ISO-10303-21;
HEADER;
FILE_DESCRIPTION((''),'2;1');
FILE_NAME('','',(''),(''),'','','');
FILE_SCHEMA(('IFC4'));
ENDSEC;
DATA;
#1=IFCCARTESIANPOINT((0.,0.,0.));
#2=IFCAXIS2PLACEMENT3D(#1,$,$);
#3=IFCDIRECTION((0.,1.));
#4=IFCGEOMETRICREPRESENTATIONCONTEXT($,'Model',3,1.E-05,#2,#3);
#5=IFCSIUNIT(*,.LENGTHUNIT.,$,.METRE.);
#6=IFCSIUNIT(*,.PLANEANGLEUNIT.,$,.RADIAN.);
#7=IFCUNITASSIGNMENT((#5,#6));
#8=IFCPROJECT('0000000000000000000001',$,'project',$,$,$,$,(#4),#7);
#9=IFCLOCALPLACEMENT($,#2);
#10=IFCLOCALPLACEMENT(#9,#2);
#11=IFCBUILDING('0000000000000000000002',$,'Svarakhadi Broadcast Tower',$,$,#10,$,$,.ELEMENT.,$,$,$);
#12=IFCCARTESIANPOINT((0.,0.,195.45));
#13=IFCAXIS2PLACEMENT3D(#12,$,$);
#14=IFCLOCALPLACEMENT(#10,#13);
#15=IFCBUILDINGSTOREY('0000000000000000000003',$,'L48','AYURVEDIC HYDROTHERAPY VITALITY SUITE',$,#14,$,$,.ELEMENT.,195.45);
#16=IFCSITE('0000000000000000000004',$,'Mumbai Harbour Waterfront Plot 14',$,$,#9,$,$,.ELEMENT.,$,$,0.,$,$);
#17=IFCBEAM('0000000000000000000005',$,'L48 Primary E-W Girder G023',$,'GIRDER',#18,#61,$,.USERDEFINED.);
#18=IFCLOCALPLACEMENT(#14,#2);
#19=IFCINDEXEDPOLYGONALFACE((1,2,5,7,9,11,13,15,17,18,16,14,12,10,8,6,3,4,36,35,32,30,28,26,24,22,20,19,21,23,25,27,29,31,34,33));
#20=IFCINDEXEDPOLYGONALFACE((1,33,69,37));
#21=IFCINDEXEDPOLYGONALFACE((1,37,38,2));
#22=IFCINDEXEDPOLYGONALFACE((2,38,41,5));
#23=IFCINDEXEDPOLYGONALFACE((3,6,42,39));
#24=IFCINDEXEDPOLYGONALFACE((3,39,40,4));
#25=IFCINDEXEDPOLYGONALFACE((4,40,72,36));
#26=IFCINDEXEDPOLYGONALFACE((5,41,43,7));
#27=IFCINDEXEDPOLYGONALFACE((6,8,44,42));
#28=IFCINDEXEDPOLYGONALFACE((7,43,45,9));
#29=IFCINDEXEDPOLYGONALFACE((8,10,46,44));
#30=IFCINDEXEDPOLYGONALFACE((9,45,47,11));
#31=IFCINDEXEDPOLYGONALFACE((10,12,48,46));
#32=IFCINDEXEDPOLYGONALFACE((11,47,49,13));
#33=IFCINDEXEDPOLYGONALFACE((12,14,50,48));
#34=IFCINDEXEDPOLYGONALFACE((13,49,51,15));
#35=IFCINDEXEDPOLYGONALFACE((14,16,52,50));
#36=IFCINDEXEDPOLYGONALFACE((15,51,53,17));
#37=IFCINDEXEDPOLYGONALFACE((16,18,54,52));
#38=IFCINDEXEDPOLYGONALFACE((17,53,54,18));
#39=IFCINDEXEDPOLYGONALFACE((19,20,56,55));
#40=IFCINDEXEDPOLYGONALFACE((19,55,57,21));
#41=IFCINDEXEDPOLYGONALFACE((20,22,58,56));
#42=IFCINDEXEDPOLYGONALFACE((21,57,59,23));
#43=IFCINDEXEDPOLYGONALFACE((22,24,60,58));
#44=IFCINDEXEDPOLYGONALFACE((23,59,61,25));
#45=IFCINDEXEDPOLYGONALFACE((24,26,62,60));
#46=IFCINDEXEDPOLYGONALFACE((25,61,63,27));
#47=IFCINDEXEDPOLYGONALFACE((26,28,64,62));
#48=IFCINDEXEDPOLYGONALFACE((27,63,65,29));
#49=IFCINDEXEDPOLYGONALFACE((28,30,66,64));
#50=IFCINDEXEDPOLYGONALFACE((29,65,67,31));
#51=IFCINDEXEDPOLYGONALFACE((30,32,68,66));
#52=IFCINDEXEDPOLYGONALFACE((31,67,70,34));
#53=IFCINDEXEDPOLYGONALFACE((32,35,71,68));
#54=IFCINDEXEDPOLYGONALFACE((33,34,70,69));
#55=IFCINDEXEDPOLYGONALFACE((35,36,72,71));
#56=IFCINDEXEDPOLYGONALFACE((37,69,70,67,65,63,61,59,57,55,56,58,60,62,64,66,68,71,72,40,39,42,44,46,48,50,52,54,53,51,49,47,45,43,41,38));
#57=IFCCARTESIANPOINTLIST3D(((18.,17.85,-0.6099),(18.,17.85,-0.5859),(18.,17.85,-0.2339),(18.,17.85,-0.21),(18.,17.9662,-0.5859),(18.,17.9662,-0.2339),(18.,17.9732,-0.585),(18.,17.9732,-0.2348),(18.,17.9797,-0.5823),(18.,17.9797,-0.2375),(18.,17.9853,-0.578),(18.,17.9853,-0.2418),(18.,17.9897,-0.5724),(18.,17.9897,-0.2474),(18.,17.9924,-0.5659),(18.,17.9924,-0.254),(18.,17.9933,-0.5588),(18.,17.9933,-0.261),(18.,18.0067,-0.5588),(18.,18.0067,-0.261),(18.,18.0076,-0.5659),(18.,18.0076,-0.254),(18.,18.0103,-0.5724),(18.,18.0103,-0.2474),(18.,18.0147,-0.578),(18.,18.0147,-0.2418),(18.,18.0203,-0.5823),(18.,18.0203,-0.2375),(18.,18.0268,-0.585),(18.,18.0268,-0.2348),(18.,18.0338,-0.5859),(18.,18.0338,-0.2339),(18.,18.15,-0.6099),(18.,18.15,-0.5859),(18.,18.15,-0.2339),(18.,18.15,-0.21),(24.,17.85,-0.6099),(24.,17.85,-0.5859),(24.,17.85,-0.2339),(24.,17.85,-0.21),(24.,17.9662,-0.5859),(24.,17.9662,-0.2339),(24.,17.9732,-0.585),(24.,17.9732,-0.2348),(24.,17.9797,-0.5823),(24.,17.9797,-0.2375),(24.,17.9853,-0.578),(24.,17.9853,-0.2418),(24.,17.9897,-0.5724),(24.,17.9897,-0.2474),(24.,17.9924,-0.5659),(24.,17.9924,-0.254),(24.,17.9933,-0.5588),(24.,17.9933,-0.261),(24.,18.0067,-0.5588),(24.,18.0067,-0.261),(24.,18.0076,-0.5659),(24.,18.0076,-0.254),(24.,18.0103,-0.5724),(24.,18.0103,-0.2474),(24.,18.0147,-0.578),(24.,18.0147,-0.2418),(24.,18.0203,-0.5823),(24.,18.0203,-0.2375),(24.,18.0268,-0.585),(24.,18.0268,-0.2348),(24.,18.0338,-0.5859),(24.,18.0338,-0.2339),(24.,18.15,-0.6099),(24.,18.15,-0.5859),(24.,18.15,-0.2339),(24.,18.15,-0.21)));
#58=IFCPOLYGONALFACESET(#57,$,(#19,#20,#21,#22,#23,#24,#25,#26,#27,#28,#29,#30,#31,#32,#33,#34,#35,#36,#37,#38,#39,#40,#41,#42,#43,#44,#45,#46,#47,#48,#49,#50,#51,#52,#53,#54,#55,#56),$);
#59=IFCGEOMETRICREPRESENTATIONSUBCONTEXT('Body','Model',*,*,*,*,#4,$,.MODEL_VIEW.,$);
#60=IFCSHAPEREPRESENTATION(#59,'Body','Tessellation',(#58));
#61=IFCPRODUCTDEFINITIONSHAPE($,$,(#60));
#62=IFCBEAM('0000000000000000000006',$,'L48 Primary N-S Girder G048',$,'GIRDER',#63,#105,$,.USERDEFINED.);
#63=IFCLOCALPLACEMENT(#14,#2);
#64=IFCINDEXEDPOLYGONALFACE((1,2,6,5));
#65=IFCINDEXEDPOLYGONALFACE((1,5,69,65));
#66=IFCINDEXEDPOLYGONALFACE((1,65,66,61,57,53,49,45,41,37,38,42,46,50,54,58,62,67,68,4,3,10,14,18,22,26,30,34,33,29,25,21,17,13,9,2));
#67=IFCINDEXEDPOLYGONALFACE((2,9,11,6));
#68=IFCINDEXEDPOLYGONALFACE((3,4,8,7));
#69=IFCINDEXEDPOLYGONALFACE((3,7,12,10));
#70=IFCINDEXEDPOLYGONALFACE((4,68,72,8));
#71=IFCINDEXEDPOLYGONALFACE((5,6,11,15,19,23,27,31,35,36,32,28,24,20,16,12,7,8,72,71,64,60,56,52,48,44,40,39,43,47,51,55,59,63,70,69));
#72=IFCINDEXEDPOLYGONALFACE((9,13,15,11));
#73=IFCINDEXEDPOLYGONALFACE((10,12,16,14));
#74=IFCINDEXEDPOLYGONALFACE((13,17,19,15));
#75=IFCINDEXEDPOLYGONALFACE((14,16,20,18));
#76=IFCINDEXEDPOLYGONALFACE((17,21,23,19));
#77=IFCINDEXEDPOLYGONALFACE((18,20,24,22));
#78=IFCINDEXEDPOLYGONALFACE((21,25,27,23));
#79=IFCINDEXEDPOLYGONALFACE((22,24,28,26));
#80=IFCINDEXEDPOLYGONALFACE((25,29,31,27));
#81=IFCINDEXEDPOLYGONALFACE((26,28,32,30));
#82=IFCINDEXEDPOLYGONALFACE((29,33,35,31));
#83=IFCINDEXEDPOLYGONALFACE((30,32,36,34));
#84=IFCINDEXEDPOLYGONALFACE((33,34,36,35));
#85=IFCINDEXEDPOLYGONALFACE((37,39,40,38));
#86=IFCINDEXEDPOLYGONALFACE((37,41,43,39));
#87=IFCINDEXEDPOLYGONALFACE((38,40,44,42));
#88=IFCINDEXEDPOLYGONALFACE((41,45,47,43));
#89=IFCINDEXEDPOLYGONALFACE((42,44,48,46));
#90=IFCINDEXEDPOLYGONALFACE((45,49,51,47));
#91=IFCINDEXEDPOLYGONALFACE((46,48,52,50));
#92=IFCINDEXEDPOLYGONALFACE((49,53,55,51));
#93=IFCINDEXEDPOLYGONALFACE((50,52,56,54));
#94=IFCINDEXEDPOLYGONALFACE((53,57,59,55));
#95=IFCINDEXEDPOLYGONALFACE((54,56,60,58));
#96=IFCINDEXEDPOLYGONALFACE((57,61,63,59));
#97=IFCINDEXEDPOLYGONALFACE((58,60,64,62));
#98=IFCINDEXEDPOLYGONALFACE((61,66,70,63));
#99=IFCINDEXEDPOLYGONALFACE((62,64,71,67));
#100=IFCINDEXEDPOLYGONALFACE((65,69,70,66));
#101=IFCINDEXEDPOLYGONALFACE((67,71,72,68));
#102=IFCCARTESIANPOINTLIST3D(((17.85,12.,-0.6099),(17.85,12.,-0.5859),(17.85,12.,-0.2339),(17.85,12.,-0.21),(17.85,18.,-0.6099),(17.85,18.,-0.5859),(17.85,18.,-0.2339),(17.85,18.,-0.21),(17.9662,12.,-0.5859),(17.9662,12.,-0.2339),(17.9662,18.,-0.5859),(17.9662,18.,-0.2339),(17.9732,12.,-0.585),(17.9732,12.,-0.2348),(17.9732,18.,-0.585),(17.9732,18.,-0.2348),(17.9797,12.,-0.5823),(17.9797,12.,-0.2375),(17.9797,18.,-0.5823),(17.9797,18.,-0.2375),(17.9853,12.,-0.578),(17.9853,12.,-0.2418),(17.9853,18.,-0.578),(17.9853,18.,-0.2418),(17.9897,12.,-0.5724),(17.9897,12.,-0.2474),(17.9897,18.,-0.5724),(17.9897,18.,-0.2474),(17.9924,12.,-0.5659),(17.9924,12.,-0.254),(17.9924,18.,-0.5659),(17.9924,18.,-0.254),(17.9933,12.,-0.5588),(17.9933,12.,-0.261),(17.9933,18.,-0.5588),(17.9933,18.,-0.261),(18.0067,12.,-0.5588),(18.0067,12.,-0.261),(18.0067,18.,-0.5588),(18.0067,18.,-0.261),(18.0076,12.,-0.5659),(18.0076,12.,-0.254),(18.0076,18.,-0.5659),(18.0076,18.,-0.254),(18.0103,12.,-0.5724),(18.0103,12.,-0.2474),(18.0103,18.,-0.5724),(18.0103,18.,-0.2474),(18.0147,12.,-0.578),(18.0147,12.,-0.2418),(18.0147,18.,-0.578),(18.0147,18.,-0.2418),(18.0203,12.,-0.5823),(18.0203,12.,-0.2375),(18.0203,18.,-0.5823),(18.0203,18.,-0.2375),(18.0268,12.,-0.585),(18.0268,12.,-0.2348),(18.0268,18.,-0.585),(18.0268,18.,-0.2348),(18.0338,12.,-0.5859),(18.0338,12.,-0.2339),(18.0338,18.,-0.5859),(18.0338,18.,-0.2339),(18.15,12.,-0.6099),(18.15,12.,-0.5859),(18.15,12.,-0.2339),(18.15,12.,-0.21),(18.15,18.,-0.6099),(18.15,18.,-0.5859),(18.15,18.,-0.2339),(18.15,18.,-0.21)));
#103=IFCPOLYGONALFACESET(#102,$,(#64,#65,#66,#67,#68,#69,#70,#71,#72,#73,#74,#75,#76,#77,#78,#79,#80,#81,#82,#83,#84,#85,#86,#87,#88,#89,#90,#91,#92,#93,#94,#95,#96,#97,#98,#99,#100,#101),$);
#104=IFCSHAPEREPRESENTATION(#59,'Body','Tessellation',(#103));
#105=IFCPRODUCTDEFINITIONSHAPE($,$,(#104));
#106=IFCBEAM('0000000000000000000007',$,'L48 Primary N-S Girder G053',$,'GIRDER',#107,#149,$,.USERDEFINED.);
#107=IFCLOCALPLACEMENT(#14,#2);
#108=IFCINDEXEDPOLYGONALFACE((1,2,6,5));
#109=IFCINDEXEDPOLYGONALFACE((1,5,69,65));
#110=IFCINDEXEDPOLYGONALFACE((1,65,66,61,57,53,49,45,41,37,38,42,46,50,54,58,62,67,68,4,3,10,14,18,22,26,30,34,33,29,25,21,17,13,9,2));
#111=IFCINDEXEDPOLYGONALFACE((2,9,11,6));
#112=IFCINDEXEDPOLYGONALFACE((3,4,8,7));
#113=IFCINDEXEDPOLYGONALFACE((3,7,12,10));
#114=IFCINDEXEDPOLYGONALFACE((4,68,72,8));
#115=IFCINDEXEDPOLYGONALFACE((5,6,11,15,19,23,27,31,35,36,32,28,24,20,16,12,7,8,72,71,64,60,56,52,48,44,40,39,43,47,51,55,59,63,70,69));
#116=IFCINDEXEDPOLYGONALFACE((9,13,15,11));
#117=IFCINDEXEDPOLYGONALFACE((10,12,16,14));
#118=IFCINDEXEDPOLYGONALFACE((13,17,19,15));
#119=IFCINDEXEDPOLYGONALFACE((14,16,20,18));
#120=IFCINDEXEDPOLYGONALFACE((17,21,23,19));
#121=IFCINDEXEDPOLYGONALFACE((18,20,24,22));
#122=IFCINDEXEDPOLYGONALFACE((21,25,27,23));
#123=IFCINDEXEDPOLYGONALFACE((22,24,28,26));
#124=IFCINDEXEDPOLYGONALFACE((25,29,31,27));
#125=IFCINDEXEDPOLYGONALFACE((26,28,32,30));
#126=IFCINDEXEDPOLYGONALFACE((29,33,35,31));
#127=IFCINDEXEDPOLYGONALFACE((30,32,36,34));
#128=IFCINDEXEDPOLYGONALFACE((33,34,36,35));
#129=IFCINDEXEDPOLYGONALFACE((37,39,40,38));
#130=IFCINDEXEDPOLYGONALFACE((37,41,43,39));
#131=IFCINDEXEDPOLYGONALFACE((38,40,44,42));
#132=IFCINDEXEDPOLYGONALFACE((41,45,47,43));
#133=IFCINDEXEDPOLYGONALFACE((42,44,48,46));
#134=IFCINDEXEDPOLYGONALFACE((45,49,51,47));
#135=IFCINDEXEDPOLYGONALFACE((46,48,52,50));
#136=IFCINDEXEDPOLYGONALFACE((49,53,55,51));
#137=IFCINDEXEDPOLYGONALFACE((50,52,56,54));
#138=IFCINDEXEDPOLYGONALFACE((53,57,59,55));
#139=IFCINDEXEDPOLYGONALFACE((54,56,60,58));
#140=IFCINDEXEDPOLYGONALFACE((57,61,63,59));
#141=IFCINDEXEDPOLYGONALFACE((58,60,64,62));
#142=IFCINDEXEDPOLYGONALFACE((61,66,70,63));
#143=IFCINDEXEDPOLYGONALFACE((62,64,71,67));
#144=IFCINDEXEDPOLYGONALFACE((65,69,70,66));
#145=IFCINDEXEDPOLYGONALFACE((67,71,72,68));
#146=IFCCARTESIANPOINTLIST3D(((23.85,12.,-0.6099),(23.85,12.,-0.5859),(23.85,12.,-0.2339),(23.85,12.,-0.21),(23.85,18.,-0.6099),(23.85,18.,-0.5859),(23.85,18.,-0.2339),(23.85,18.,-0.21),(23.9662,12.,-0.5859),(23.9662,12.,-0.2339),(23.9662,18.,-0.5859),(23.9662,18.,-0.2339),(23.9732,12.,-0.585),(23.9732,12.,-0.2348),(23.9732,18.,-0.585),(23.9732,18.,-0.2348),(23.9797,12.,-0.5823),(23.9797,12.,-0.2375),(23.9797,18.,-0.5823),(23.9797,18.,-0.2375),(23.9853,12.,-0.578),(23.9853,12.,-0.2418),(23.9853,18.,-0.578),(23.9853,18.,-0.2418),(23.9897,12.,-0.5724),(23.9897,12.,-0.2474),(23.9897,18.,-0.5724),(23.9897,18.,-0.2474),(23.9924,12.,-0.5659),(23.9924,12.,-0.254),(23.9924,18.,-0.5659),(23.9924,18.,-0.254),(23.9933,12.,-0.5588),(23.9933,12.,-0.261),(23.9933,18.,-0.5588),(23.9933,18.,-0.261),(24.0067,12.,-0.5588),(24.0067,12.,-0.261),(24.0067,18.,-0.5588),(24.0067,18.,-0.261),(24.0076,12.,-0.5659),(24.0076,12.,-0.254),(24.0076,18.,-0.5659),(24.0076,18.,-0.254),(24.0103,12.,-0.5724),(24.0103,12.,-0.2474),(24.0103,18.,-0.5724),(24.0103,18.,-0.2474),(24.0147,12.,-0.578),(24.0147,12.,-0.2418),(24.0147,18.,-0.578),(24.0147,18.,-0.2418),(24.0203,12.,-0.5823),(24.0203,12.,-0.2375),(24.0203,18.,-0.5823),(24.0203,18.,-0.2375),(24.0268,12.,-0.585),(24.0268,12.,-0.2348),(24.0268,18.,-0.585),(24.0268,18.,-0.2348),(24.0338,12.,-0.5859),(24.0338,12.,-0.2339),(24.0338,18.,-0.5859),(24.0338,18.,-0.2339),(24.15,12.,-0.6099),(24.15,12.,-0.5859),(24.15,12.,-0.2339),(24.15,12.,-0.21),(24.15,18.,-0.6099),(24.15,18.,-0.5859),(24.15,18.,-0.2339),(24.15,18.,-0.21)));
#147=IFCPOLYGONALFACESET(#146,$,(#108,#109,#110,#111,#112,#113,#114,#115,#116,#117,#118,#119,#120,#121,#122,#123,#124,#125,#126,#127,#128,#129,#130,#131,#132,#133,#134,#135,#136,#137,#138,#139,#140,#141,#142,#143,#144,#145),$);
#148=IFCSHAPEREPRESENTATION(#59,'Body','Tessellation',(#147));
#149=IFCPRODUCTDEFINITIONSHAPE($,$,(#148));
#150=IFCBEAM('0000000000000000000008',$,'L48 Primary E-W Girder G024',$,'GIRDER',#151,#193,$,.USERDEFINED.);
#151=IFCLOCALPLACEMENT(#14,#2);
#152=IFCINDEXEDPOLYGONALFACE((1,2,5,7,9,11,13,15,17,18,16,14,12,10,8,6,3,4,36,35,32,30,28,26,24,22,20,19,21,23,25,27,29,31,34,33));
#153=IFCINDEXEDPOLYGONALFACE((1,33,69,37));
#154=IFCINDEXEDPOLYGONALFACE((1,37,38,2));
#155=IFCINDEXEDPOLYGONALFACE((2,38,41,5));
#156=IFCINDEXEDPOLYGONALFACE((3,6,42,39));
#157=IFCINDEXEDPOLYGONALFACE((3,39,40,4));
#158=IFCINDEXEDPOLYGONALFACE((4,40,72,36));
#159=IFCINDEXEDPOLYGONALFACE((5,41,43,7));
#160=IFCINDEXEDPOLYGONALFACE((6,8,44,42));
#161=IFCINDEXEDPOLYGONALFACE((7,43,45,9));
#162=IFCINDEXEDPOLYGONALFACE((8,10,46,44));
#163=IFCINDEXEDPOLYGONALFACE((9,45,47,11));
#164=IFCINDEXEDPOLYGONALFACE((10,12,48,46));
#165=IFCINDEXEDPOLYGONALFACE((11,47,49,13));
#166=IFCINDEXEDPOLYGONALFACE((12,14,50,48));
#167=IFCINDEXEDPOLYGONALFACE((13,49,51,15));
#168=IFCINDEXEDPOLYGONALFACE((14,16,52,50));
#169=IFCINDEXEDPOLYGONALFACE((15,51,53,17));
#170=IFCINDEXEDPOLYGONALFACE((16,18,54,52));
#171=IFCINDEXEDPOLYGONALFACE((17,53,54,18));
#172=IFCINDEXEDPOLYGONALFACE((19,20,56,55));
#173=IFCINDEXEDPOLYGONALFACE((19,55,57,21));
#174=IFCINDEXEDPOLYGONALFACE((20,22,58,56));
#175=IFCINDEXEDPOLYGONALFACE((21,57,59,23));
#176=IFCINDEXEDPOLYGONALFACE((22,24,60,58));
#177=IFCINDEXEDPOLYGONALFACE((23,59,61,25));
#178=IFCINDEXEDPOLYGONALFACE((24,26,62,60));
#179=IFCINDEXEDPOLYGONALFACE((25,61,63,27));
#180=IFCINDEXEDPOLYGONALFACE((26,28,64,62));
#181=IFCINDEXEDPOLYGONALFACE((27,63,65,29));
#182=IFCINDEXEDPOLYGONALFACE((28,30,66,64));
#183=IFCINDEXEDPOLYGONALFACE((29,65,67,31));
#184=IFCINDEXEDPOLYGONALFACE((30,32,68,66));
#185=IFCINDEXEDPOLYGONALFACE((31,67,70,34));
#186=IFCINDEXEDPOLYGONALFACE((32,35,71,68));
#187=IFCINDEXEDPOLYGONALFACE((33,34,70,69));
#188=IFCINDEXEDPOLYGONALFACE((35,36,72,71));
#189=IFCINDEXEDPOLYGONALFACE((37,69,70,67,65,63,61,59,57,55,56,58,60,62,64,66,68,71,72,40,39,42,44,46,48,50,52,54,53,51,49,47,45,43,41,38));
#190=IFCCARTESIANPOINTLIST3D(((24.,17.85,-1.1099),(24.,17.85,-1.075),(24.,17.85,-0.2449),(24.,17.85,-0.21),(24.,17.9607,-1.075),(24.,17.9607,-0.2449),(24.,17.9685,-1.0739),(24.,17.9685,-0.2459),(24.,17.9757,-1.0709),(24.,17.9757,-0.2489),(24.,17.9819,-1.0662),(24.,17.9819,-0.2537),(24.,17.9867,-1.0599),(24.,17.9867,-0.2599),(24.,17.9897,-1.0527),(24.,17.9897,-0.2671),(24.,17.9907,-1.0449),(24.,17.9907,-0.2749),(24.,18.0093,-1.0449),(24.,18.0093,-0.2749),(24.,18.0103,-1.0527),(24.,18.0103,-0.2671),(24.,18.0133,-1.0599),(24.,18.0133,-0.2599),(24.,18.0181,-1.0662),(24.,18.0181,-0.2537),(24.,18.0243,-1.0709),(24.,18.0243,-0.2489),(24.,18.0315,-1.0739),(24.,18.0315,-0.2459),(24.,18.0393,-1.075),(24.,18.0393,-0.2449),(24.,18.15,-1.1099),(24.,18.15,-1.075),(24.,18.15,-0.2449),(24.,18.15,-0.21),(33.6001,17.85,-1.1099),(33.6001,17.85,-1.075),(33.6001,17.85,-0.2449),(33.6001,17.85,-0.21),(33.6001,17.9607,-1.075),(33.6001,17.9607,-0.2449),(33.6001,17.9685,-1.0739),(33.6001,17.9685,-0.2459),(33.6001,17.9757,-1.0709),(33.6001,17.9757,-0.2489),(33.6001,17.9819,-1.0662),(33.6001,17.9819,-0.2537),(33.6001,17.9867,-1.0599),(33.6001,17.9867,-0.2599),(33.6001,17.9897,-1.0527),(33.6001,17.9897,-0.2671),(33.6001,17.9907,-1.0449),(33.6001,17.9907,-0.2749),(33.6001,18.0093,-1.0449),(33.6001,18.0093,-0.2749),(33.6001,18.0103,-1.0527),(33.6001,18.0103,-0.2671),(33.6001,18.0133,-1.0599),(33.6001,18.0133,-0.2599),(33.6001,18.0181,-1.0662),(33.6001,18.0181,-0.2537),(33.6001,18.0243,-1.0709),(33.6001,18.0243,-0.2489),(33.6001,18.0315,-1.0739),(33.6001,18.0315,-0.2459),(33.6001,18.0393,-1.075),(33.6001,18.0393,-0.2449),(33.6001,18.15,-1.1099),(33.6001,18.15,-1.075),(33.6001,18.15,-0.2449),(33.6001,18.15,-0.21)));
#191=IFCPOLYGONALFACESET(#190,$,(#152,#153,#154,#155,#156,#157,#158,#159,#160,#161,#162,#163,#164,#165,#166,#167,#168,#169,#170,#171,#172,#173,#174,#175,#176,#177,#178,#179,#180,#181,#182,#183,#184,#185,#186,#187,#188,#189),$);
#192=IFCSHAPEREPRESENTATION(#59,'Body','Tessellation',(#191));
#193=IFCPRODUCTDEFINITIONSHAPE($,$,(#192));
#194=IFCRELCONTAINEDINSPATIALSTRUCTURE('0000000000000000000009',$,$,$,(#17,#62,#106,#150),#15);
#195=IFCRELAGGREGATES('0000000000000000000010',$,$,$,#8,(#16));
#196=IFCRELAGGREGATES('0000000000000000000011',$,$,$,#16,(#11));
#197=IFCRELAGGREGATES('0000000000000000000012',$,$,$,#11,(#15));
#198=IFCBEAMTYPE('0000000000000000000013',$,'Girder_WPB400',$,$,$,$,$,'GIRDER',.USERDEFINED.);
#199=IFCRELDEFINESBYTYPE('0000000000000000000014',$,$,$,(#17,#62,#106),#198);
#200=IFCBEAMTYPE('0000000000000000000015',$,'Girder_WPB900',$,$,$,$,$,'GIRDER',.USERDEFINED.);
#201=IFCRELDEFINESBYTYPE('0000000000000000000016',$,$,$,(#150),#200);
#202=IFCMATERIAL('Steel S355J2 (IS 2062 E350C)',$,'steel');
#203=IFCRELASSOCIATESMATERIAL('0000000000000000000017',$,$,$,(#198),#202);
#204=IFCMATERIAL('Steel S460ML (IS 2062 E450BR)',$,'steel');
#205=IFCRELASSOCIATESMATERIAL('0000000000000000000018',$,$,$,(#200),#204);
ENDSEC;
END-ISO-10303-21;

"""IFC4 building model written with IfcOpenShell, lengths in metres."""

from ifc_helpers import new_model, si_unit, direction, frame, origin, origin_2d, place, context, subcontext, project, spatial, i_section, extrude, material, material_profile, profile_set, type_object, element, save


model = new_model("IFC4")

# Units and contexts
model_context = context("Model", 3, precision=1e-05, world=origin(), true_north=direction((0.0, 1.0)))
body_context = subcontext(model_context, "Body", "Model", "MODEL_VIEW")
ifc_project = project(units=[si_unit("LENGTHUNIT", "METRE"), si_unit("PLANEANGLEUNIT", "RADIAN")], contexts=[model_context])

# Site, building, storey
site_placement = place(None, origin())
site = spatial("IfcSite", under=ifc_project, at=site_placement, Name="Mumbai Harbour Waterfront Plot 14", CompositionType="ELEMENT", RefElevation=0.0)
building_placement = place(site_placement, origin())
building = spatial("IfcBuilding", under=site, at=building_placement, Name="Svarakhadi Broadcast Tower", CompositionType="ELEMENT")
storey_placement = place(building_placement, frame((0.0, 0.0, 195.45)))
storey = spatial("IfcBuildingStorey", under=building, at=storey_placement, Name="L48", Description="AYURVEDIC HYDROTHERAPY VITALITY SUITE", CompositionType="ELEMENT", Elevation=195.45)

# Shared definitions
ifc_material_1 = material(Name="Steel S355J2 (IS 2062 E350C)", Category="steel")

# Beams
ifc_material_profile_1 = material_profile(ifc_material_1, i_section(OverallWidth=0.3, OverallDepth=0.3999, WebThickness=0.0134, FlangeThickness=0.0239, FilletRadius=0.0271, at=origin_2d()), Name="WPB 400x300x155")
ifc_profile_set_1 = profile_set([ifc_material_profile_1], Name="Steel S355J2 (IS 2062 E350C)")
beam_type_1 = type_object("IfcBeamType", Name="Girder_WPB400", ElementType="GIRDER", PredefinedType="USERDEFINED", material=ifc_profile_set_1)
for number, where, z_axis, x_axis, name in (
    (1, (18.0, 18.0, -0.4099), (1.0, 0.0, 0.0), (0.0, 1.0, 0.0), "L48 Primary E-W Girder G023"),
    (2, (18.0, 12.0, -0.4099), (0.0, 1.0, 0.0), (-1.0, 0.0, 0.0), "L48 Primary N-S Girder G048"),
    (3, (24.0, 12.0, -0.4099), (0.0, 1.0, 0.0), (-1.0, 0.0, 0.0), "L48 Primary N-S Girder G053"),
):
    element("IfcBeam", number, at=place(storey_placement, frame(where, z_axis=z_axis, x_axis=x_axis)), inside=storey, type_object=beam_type_1, Name=name, ObjectType="GIRDER", PredefinedType="USERDEFINED", context=body_context, shape_type="SweptSolid", body=[
        extrude(i_section(OverallWidth=0.3, OverallDepth=0.3999, WebThickness=0.0134, FlangeThickness=0.0239, FilletRadius=0.0271, at=origin_2d()), origin(), (0.0, 0.0, 1.0), 6.0),
    ])
ifc_material_2 = material(Name="Steel S460ML (IS 2062 E450BR)", Category="steel")
ifc_material_profile_2 = material_profile(ifc_material_2, i_section(OverallWidth=0.3, OverallDepth=0.8999, WebThickness=0.0186, FlangeThickness=0.0349, FilletRadius=0.03, at=origin_2d()), Name="WPB 900x300x291")
ifc_profile_set_2 = profile_set([ifc_material_profile_2], Name="Steel S460ML (IS 2062 E450BR)")
beam_type_2 = type_object("IfcBeamType", Name="Girder_WPB900", ElementType="GIRDER", PredefinedType="USERDEFINED", material=ifc_profile_set_2)
for number, where, z_axis, x_axis, name in (
    (4, (24.0, 18.0, -0.6599), (1.0, 0.0, 0.0), (0.0, 1.0, 0.0), "L48 Primary E-W Girder G024"),
):
    element("IfcBeam", number, at=place(storey_placement, frame(where, z_axis=z_axis, x_axis=x_axis)), inside=storey, type_object=beam_type_2, Name=name, ObjectType="GIRDER", PredefinedType="USERDEFINED", context=body_context, shape_type="SweptSolid", body=[
        extrude(i_section(OverallWidth=0.3, OverallDepth=0.8999, WebThickness=0.0186, FlangeThickness=0.0349, FilletRadius=0.03, at=origin_2d()), origin(), (0.0, 0.0, 1.0), 9.6001),
    ])

save(model, "model.ifc")
